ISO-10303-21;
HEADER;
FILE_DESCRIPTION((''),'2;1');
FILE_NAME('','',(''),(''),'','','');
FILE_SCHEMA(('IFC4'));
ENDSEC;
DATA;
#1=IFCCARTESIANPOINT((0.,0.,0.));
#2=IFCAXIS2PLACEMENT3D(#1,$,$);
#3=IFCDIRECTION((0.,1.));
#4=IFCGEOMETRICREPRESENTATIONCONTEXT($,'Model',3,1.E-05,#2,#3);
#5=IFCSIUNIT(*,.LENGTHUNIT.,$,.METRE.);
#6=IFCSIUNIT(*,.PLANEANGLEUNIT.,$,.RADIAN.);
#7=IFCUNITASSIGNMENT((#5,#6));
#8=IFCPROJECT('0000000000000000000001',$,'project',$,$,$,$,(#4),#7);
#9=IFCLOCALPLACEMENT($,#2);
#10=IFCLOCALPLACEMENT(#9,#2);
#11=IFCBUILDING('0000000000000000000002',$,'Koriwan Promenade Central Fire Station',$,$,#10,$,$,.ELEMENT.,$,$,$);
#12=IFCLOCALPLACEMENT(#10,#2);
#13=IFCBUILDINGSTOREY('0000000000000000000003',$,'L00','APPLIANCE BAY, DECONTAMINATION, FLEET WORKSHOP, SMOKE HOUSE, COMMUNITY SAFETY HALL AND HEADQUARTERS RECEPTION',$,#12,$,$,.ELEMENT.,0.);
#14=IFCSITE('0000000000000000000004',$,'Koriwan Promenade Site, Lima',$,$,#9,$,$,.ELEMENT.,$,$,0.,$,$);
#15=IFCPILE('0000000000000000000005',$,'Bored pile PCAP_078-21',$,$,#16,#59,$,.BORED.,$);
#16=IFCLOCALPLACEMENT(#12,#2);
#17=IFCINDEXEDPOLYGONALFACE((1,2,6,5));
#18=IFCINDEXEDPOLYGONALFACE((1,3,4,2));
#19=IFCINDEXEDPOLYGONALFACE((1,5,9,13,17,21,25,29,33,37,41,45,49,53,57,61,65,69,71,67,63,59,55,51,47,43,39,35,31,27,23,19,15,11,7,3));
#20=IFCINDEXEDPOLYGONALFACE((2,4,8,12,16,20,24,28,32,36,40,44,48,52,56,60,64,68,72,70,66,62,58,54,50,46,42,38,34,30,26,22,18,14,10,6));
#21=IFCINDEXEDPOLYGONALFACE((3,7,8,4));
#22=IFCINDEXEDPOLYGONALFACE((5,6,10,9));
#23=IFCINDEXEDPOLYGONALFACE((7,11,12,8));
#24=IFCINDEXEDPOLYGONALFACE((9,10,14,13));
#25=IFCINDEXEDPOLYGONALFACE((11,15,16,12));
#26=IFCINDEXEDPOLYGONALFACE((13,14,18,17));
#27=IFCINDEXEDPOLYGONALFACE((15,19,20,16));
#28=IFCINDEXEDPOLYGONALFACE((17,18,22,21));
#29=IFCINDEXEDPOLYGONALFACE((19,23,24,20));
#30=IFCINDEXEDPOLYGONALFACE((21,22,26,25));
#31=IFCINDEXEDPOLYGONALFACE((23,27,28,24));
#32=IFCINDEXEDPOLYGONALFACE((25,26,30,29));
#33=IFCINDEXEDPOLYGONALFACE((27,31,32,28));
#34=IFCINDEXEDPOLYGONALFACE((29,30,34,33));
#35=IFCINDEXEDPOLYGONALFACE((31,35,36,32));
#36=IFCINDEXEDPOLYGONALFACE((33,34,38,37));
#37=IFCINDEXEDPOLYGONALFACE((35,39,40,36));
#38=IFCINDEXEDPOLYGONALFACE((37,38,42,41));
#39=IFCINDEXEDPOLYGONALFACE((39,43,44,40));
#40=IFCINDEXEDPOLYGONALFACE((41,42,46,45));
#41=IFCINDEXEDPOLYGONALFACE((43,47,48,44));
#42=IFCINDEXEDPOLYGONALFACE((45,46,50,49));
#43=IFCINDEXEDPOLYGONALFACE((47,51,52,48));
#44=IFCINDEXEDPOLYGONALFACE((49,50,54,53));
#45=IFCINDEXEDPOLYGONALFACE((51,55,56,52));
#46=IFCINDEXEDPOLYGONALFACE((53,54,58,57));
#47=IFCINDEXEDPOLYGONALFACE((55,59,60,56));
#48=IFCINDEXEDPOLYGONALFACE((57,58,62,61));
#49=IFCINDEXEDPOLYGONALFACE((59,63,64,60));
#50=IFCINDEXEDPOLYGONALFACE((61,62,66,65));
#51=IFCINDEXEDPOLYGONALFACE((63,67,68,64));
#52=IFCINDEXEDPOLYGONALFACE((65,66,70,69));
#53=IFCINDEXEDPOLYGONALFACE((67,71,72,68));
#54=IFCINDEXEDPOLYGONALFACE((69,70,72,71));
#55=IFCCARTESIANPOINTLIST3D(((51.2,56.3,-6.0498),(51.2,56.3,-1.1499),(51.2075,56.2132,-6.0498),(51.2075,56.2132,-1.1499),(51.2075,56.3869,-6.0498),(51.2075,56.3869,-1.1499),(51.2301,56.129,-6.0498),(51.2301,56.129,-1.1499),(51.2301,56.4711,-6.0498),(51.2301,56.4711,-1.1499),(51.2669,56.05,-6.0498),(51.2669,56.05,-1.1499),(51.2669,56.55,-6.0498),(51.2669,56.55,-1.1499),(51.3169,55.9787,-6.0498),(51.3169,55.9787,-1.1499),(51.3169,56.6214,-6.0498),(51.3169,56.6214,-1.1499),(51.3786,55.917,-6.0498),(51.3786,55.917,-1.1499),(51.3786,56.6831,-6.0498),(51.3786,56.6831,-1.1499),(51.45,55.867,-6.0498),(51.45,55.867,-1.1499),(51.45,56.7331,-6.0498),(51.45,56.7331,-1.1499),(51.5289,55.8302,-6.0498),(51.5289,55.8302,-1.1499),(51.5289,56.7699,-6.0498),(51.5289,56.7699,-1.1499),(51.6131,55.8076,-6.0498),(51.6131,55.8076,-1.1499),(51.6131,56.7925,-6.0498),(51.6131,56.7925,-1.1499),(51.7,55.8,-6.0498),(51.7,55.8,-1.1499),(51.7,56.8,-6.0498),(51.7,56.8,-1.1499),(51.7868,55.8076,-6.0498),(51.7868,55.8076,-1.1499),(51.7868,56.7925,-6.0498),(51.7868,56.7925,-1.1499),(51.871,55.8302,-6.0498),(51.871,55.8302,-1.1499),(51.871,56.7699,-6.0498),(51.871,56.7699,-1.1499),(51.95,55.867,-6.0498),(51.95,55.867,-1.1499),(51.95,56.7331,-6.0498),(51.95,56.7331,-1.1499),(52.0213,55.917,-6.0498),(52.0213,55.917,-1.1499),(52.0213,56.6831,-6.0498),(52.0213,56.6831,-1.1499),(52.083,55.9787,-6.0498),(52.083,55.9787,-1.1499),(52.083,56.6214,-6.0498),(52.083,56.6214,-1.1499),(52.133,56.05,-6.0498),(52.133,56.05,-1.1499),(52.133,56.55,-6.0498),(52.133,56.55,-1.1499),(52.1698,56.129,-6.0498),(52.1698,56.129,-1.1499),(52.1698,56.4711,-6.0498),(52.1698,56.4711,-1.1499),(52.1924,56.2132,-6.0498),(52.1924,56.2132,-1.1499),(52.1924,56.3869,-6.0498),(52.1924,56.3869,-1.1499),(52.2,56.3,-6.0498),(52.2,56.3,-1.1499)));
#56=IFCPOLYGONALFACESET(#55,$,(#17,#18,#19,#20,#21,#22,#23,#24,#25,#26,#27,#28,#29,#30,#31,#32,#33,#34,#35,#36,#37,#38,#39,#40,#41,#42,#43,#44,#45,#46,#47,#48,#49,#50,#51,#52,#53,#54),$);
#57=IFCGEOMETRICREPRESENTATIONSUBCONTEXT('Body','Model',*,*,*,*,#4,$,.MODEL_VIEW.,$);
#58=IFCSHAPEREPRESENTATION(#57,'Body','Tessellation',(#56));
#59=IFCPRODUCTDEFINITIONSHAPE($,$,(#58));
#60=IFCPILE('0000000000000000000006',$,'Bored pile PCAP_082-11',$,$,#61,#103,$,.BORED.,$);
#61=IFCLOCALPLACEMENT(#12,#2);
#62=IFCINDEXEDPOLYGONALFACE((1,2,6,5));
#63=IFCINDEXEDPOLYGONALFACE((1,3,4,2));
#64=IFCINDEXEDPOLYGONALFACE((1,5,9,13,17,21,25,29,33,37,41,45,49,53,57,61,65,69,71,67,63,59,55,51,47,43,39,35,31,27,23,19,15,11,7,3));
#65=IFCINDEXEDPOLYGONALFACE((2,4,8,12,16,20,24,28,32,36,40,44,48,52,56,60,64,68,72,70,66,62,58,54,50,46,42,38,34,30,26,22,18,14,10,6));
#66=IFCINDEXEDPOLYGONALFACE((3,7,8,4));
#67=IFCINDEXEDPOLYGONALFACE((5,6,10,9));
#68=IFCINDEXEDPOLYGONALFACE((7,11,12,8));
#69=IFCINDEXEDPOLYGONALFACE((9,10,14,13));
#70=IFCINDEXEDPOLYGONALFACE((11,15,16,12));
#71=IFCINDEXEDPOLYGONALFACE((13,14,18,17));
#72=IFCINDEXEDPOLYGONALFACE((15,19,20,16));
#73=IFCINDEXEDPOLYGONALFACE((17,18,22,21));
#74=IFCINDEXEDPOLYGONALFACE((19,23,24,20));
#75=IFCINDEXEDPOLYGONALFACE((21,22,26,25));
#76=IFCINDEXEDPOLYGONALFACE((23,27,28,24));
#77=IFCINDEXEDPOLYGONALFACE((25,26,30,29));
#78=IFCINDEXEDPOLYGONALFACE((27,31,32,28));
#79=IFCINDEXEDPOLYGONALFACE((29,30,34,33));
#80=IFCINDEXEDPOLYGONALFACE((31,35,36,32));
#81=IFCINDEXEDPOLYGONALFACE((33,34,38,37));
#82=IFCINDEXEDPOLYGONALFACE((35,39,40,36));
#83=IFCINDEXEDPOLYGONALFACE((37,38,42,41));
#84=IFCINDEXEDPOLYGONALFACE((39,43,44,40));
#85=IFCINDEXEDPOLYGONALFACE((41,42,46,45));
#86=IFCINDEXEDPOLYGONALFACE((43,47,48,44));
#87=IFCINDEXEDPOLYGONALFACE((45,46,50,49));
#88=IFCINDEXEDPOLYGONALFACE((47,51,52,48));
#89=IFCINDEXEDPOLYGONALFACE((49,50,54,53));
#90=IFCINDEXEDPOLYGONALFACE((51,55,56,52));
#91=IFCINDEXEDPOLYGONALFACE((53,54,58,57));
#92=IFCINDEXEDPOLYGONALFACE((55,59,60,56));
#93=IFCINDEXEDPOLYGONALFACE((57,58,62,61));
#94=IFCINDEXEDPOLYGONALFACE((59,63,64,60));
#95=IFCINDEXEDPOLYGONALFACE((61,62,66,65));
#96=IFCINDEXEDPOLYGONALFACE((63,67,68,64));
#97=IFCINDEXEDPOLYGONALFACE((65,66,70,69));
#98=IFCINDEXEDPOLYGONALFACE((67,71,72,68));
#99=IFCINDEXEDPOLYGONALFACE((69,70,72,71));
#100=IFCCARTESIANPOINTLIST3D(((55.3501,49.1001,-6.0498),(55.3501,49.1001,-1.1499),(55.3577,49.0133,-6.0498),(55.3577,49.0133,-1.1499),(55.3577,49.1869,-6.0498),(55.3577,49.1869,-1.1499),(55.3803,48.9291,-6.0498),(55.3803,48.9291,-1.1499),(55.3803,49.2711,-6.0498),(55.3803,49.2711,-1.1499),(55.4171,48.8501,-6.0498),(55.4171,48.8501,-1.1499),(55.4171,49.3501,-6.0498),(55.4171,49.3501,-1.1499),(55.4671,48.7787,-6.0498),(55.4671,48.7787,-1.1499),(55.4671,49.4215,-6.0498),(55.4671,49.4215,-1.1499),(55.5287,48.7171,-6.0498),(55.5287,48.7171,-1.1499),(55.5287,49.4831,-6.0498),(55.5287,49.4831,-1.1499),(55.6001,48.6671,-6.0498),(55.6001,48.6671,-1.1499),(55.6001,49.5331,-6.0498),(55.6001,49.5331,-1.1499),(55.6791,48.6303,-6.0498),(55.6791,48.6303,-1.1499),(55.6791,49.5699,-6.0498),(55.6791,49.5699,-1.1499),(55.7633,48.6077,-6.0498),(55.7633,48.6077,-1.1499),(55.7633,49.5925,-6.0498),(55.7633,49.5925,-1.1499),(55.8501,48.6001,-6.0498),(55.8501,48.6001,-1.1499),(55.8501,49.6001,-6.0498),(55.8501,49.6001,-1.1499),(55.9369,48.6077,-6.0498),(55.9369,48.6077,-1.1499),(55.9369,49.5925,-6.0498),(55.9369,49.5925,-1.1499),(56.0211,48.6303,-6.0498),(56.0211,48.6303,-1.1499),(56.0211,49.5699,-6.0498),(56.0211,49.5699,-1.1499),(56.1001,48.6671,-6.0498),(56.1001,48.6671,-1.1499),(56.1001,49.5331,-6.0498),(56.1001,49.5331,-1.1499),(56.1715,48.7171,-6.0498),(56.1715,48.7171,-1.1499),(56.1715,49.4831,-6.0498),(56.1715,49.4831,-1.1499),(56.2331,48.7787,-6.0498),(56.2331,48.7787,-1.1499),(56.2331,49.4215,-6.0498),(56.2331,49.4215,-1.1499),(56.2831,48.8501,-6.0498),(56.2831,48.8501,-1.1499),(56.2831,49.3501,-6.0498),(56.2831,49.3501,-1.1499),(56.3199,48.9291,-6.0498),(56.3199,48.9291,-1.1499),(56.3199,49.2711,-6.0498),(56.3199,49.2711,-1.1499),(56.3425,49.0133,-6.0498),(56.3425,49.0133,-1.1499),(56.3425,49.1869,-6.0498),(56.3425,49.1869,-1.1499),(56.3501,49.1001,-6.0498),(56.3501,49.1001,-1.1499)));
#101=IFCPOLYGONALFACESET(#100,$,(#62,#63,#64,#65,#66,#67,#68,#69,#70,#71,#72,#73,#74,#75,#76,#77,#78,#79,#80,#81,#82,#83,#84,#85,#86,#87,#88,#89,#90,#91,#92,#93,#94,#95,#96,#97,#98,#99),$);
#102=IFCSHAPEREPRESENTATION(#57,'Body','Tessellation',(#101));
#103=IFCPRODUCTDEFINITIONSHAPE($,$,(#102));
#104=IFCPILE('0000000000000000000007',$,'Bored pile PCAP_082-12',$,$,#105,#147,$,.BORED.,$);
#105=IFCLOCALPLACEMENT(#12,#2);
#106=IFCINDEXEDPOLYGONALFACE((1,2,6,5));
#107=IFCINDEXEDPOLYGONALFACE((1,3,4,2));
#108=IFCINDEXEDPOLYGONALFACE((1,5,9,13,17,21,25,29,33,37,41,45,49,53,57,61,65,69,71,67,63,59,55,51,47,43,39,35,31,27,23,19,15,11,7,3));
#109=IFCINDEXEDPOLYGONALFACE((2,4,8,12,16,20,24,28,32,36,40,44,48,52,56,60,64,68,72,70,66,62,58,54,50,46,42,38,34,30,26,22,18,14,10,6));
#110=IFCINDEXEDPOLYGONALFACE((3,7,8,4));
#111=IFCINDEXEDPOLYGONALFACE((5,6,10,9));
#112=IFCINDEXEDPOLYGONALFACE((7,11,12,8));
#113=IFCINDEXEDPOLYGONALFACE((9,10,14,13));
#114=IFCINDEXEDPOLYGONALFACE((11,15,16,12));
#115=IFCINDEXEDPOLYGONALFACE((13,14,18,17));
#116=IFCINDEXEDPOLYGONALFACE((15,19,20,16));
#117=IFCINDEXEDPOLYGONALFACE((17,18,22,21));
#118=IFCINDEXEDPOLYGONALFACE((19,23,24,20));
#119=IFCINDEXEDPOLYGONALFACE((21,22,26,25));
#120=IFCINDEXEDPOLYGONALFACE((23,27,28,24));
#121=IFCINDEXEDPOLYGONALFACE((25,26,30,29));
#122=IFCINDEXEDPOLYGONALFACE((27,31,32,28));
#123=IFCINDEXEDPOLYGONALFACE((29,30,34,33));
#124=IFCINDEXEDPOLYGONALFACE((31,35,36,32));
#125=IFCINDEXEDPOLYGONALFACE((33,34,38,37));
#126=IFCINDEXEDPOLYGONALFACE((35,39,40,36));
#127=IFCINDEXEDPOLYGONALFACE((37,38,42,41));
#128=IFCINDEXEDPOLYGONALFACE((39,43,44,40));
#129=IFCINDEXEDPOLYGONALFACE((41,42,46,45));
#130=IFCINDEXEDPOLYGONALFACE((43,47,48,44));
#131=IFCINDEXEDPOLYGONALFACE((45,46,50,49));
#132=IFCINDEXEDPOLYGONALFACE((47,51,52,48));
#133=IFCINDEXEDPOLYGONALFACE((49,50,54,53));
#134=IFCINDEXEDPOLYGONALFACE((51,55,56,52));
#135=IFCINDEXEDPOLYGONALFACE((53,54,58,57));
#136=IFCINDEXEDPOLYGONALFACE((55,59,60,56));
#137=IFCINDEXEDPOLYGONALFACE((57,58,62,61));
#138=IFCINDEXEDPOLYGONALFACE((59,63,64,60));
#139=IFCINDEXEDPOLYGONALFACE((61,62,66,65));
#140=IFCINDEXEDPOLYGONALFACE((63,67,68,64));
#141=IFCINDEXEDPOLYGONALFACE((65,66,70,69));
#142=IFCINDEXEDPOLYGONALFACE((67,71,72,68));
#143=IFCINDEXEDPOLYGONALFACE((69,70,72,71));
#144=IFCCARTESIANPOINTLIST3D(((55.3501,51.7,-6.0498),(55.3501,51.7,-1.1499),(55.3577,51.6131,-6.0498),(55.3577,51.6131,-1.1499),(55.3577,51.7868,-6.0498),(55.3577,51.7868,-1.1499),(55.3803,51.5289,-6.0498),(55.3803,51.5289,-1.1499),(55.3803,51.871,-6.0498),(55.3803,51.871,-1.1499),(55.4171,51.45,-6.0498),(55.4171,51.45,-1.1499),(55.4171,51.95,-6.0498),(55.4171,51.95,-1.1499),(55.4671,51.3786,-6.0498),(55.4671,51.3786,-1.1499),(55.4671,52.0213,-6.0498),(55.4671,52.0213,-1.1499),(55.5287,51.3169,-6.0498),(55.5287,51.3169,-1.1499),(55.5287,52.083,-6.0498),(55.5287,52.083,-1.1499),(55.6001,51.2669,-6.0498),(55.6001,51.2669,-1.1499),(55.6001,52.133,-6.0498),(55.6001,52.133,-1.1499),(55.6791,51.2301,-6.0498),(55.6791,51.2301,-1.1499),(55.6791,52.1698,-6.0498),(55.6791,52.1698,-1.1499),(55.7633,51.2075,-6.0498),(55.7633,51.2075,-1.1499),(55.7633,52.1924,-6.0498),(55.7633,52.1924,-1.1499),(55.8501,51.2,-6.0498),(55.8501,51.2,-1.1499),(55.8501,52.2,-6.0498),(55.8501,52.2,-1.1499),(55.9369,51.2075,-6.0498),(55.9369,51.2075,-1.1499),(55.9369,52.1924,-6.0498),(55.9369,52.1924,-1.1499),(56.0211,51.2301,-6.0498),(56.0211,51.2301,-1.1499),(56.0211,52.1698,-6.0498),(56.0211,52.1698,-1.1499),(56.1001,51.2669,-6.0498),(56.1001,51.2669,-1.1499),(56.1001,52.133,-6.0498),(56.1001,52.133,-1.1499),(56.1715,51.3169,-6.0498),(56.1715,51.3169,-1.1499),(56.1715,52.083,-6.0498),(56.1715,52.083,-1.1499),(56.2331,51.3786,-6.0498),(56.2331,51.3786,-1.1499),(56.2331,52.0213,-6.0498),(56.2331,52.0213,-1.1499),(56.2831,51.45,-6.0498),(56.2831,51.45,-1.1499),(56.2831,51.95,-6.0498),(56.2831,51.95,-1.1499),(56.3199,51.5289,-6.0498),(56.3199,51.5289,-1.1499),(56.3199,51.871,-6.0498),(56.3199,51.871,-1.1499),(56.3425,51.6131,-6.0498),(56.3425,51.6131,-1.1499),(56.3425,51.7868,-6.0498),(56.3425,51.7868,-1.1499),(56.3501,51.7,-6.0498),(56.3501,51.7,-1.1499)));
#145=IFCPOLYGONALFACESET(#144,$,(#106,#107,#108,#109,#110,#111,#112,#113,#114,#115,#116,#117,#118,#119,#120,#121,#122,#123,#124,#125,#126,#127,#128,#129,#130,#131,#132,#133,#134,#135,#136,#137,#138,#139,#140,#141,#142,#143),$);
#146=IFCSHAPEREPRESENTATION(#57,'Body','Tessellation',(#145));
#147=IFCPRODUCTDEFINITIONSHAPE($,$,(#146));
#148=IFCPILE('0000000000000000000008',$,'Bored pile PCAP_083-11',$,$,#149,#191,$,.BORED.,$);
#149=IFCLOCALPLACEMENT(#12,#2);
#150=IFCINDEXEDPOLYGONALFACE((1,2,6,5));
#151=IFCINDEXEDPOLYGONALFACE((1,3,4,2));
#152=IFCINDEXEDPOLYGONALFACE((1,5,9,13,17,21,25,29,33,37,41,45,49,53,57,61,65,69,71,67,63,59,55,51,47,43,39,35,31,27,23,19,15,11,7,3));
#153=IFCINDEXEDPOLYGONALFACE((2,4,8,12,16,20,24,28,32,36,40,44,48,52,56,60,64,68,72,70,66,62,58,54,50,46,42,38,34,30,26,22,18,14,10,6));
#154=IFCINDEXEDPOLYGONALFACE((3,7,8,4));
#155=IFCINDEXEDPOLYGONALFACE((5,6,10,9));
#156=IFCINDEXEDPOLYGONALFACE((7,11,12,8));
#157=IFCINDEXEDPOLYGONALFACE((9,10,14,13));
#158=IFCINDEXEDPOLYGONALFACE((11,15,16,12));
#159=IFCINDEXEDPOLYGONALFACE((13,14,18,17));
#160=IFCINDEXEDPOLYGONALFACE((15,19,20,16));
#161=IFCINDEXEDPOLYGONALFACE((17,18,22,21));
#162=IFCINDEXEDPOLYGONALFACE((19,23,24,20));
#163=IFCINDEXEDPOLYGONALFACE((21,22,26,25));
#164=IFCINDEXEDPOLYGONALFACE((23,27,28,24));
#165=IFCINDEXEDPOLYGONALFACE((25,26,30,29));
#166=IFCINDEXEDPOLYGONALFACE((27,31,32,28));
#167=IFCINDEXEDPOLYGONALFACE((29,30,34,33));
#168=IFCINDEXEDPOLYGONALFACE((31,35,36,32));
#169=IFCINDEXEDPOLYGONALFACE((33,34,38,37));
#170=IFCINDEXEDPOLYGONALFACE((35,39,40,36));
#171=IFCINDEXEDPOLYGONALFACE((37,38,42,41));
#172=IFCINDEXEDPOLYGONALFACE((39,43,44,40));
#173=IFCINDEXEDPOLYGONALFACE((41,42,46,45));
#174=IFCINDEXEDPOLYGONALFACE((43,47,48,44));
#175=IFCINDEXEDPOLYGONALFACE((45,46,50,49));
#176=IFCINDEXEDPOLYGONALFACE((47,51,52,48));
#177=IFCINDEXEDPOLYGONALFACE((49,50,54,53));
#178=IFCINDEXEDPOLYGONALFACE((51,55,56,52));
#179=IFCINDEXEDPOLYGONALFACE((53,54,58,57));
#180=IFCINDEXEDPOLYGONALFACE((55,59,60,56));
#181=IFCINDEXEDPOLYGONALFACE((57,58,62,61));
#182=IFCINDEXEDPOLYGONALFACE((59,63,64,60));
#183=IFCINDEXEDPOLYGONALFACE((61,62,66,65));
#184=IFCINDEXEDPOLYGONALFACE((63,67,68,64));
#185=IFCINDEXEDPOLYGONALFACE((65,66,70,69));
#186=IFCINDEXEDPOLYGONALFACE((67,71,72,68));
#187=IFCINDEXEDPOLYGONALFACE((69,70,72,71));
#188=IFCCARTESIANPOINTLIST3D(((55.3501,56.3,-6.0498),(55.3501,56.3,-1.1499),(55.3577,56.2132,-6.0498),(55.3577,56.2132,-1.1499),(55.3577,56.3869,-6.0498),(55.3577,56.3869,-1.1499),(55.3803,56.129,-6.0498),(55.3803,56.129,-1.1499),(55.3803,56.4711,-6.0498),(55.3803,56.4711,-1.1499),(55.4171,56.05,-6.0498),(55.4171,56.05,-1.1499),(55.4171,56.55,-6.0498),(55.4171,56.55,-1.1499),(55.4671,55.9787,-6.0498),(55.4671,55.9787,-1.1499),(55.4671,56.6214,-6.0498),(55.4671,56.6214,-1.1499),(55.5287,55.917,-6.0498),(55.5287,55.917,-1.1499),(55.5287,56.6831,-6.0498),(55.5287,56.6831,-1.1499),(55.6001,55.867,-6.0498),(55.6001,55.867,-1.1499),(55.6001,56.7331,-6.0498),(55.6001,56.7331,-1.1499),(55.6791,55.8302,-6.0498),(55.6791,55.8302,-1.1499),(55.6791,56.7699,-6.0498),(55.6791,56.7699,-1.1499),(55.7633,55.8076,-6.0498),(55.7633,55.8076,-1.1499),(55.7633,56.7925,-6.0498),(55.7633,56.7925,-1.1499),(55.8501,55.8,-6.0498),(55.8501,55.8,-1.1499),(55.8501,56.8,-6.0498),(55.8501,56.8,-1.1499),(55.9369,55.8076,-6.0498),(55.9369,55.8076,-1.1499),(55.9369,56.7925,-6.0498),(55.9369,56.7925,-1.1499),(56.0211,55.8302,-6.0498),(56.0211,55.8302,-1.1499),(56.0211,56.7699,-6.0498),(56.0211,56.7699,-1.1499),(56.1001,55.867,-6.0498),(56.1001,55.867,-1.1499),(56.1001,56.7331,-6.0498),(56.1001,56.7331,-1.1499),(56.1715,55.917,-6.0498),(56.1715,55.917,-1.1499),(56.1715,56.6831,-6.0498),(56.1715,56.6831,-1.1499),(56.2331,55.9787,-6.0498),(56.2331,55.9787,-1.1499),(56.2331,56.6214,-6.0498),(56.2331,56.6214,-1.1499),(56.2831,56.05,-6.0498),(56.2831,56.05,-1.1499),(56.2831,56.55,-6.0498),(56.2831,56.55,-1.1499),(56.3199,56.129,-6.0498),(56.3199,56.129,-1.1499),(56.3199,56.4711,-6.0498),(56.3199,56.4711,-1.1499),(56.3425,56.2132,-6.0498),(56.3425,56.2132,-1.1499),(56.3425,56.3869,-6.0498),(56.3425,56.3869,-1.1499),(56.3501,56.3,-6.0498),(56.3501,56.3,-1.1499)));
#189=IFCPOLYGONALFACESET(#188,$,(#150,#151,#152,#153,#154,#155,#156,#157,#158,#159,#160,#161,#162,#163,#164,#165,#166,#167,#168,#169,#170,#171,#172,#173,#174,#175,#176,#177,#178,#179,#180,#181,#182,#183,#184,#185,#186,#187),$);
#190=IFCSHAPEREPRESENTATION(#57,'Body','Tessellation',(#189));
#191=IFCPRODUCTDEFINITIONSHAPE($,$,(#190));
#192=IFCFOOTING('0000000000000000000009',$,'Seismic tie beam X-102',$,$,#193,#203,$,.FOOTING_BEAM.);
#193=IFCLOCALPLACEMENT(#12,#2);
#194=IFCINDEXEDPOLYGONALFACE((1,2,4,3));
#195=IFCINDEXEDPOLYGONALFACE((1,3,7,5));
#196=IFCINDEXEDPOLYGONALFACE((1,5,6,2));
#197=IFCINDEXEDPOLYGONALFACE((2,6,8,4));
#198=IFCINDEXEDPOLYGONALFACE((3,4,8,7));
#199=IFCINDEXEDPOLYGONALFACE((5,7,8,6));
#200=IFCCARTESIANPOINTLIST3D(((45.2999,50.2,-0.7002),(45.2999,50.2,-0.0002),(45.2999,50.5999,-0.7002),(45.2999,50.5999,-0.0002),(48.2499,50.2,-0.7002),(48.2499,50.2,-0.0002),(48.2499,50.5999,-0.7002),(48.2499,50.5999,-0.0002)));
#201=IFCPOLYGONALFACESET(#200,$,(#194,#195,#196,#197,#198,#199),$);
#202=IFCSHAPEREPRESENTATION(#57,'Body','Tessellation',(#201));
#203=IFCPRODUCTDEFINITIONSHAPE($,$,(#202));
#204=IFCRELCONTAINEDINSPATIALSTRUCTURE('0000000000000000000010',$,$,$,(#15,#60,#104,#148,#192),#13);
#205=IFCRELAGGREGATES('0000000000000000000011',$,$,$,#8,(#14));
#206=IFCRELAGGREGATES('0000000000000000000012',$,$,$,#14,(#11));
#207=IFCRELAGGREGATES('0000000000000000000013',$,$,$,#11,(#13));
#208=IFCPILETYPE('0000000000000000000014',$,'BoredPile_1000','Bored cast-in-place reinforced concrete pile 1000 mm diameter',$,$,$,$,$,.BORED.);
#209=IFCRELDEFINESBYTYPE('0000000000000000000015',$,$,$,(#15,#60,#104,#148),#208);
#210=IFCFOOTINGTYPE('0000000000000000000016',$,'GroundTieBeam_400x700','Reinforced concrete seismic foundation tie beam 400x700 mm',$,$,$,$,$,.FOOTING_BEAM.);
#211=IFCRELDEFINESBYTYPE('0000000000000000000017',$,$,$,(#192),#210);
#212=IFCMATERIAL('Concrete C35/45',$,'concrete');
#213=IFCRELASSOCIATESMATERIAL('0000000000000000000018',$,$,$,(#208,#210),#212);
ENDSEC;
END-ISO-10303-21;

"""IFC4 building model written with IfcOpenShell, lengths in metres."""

from ifc_helpers import new_model, si_unit, direction, frame, origin, origin_2d, place, context, subcontext, project, spatial, rectangle, circle, extrude, material, material_profile, profile_set, type_object, element, save


model = new_model("IFC4")

# Units and contexts
model_context = context("Model", 3, precision=1e-05, world=origin(), true_north=direction((0.0, 1.0)))
body_context = subcontext(model_context, "Body", "Model", "MODEL_VIEW")
ifc_project = project(units=[si_unit("LENGTHUNIT", "METRE"), si_unit("PLANEANGLEUNIT", "RADIAN")], contexts=[model_context])

# Site, building, storey
site_placement = place(None, origin())
site = spatial("IfcSite", under=ifc_project, at=site_placement, Name="Koriwan Promenade Site, Lima", CompositionType="ELEMENT", RefElevation=0.0)
building_placement = place(site_placement, origin())
building = spatial("IfcBuilding", under=site, at=building_placement, Name="Koriwan Promenade Central Fire Station", CompositionType="ELEMENT")
storey_placement = place(building_placement, origin())
storey = spatial("IfcBuildingStorey", under=building, at=storey_placement, Name="L00", Description="APPLIANCE BAY, DECONTAMINATION, FLEET WORKSHOP, SMOKE HOUSE, COMMUNITY SAFETY HALL AND HEADQUARTERS RECEPTION", CompositionType="ELEMENT", Elevation=0.0)

# Piles
ifc_material_1 = material(Name="Concrete C35/45", Category="concrete")
ifc_material_profile_1 = material_profile(ifc_material_1, circle(Radius=0.5, at=origin_2d()), Name="PILE-D1000")
ifc_profile_set_1 = profile_set([ifc_material_profile_1], Name="Concrete C35/45")
pile_type = type_object("IfcPileType", Name="BoredPile_1000", Description="Bored cast-in-place reinforced concrete pile 1000 mm diameter", PredefinedType="BORED", material=ifc_profile_set_1)
for number, where, z_axis, x_axis, name in (
    (1, (51.7, 56.3, -1.1499), (0.0, 0.0, -1.0), (1.0, 0.0, 0.0), "Bored pile PCAP_078-21"),
    (2, (55.8501, 49.1001, -1.1499), (0.0, 0.0, -1.0), (1.0, 0.0, 0.0), "Bored pile PCAP_082-11"),
    (3, (55.8501, 51.7, -1.1499), (0.0, 0.0, -1.0), (1.0, 0.0, 0.0), "Bored pile PCAP_082-12"),
    (4, (55.8501, 56.3, -1.1499), (0.0, 0.0, -1.0), (1.0, 0.0, 0.0), "Bored pile PCAP_083-11"),
):
    element("IfcPile", number, at=place(storey_placement, frame(where, z_axis=z_axis, x_axis=x_axis)), inside=storey, type_object=pile_type, Name=name, PredefinedType="BORED", context=body_context, shape_type="SweptSolid", body=[
        extrude(circle(Radius=0.5, at=origin_2d()), origin(), (0.0, 0.0, 1.0), 4.8999),
    ])

# Footing
footing_type_1 = type_object("IfcFootingType", Name="GroundTieBeam_400x700", Description="Reinforced concrete seismic foundation tie beam 400x700 mm", PredefinedType="FOOTING_BEAM", material=ifc_material_1)
footing_1_placement = place(storey_placement, frame((46.7749, 50.3999, -0.7002), z_axis=(0.0, 0.0, 1.0), x_axis=(1.0, 0.0, 0.0)))
element("IfcFooting", 5, at=footing_1_placement, inside=storey, type_object=footing_type_1, Name="Seismic tie beam X-102", PredefinedType="FOOTING_BEAM", context=body_context, shape_type="SweptSolid", body=[
    extrude(rectangle(XDim=2.95, YDim=0.3999, at=origin_2d()), origin(), (0.0, 0.0, 1.0), 0.7),
])

save(model, "model.ifc")
